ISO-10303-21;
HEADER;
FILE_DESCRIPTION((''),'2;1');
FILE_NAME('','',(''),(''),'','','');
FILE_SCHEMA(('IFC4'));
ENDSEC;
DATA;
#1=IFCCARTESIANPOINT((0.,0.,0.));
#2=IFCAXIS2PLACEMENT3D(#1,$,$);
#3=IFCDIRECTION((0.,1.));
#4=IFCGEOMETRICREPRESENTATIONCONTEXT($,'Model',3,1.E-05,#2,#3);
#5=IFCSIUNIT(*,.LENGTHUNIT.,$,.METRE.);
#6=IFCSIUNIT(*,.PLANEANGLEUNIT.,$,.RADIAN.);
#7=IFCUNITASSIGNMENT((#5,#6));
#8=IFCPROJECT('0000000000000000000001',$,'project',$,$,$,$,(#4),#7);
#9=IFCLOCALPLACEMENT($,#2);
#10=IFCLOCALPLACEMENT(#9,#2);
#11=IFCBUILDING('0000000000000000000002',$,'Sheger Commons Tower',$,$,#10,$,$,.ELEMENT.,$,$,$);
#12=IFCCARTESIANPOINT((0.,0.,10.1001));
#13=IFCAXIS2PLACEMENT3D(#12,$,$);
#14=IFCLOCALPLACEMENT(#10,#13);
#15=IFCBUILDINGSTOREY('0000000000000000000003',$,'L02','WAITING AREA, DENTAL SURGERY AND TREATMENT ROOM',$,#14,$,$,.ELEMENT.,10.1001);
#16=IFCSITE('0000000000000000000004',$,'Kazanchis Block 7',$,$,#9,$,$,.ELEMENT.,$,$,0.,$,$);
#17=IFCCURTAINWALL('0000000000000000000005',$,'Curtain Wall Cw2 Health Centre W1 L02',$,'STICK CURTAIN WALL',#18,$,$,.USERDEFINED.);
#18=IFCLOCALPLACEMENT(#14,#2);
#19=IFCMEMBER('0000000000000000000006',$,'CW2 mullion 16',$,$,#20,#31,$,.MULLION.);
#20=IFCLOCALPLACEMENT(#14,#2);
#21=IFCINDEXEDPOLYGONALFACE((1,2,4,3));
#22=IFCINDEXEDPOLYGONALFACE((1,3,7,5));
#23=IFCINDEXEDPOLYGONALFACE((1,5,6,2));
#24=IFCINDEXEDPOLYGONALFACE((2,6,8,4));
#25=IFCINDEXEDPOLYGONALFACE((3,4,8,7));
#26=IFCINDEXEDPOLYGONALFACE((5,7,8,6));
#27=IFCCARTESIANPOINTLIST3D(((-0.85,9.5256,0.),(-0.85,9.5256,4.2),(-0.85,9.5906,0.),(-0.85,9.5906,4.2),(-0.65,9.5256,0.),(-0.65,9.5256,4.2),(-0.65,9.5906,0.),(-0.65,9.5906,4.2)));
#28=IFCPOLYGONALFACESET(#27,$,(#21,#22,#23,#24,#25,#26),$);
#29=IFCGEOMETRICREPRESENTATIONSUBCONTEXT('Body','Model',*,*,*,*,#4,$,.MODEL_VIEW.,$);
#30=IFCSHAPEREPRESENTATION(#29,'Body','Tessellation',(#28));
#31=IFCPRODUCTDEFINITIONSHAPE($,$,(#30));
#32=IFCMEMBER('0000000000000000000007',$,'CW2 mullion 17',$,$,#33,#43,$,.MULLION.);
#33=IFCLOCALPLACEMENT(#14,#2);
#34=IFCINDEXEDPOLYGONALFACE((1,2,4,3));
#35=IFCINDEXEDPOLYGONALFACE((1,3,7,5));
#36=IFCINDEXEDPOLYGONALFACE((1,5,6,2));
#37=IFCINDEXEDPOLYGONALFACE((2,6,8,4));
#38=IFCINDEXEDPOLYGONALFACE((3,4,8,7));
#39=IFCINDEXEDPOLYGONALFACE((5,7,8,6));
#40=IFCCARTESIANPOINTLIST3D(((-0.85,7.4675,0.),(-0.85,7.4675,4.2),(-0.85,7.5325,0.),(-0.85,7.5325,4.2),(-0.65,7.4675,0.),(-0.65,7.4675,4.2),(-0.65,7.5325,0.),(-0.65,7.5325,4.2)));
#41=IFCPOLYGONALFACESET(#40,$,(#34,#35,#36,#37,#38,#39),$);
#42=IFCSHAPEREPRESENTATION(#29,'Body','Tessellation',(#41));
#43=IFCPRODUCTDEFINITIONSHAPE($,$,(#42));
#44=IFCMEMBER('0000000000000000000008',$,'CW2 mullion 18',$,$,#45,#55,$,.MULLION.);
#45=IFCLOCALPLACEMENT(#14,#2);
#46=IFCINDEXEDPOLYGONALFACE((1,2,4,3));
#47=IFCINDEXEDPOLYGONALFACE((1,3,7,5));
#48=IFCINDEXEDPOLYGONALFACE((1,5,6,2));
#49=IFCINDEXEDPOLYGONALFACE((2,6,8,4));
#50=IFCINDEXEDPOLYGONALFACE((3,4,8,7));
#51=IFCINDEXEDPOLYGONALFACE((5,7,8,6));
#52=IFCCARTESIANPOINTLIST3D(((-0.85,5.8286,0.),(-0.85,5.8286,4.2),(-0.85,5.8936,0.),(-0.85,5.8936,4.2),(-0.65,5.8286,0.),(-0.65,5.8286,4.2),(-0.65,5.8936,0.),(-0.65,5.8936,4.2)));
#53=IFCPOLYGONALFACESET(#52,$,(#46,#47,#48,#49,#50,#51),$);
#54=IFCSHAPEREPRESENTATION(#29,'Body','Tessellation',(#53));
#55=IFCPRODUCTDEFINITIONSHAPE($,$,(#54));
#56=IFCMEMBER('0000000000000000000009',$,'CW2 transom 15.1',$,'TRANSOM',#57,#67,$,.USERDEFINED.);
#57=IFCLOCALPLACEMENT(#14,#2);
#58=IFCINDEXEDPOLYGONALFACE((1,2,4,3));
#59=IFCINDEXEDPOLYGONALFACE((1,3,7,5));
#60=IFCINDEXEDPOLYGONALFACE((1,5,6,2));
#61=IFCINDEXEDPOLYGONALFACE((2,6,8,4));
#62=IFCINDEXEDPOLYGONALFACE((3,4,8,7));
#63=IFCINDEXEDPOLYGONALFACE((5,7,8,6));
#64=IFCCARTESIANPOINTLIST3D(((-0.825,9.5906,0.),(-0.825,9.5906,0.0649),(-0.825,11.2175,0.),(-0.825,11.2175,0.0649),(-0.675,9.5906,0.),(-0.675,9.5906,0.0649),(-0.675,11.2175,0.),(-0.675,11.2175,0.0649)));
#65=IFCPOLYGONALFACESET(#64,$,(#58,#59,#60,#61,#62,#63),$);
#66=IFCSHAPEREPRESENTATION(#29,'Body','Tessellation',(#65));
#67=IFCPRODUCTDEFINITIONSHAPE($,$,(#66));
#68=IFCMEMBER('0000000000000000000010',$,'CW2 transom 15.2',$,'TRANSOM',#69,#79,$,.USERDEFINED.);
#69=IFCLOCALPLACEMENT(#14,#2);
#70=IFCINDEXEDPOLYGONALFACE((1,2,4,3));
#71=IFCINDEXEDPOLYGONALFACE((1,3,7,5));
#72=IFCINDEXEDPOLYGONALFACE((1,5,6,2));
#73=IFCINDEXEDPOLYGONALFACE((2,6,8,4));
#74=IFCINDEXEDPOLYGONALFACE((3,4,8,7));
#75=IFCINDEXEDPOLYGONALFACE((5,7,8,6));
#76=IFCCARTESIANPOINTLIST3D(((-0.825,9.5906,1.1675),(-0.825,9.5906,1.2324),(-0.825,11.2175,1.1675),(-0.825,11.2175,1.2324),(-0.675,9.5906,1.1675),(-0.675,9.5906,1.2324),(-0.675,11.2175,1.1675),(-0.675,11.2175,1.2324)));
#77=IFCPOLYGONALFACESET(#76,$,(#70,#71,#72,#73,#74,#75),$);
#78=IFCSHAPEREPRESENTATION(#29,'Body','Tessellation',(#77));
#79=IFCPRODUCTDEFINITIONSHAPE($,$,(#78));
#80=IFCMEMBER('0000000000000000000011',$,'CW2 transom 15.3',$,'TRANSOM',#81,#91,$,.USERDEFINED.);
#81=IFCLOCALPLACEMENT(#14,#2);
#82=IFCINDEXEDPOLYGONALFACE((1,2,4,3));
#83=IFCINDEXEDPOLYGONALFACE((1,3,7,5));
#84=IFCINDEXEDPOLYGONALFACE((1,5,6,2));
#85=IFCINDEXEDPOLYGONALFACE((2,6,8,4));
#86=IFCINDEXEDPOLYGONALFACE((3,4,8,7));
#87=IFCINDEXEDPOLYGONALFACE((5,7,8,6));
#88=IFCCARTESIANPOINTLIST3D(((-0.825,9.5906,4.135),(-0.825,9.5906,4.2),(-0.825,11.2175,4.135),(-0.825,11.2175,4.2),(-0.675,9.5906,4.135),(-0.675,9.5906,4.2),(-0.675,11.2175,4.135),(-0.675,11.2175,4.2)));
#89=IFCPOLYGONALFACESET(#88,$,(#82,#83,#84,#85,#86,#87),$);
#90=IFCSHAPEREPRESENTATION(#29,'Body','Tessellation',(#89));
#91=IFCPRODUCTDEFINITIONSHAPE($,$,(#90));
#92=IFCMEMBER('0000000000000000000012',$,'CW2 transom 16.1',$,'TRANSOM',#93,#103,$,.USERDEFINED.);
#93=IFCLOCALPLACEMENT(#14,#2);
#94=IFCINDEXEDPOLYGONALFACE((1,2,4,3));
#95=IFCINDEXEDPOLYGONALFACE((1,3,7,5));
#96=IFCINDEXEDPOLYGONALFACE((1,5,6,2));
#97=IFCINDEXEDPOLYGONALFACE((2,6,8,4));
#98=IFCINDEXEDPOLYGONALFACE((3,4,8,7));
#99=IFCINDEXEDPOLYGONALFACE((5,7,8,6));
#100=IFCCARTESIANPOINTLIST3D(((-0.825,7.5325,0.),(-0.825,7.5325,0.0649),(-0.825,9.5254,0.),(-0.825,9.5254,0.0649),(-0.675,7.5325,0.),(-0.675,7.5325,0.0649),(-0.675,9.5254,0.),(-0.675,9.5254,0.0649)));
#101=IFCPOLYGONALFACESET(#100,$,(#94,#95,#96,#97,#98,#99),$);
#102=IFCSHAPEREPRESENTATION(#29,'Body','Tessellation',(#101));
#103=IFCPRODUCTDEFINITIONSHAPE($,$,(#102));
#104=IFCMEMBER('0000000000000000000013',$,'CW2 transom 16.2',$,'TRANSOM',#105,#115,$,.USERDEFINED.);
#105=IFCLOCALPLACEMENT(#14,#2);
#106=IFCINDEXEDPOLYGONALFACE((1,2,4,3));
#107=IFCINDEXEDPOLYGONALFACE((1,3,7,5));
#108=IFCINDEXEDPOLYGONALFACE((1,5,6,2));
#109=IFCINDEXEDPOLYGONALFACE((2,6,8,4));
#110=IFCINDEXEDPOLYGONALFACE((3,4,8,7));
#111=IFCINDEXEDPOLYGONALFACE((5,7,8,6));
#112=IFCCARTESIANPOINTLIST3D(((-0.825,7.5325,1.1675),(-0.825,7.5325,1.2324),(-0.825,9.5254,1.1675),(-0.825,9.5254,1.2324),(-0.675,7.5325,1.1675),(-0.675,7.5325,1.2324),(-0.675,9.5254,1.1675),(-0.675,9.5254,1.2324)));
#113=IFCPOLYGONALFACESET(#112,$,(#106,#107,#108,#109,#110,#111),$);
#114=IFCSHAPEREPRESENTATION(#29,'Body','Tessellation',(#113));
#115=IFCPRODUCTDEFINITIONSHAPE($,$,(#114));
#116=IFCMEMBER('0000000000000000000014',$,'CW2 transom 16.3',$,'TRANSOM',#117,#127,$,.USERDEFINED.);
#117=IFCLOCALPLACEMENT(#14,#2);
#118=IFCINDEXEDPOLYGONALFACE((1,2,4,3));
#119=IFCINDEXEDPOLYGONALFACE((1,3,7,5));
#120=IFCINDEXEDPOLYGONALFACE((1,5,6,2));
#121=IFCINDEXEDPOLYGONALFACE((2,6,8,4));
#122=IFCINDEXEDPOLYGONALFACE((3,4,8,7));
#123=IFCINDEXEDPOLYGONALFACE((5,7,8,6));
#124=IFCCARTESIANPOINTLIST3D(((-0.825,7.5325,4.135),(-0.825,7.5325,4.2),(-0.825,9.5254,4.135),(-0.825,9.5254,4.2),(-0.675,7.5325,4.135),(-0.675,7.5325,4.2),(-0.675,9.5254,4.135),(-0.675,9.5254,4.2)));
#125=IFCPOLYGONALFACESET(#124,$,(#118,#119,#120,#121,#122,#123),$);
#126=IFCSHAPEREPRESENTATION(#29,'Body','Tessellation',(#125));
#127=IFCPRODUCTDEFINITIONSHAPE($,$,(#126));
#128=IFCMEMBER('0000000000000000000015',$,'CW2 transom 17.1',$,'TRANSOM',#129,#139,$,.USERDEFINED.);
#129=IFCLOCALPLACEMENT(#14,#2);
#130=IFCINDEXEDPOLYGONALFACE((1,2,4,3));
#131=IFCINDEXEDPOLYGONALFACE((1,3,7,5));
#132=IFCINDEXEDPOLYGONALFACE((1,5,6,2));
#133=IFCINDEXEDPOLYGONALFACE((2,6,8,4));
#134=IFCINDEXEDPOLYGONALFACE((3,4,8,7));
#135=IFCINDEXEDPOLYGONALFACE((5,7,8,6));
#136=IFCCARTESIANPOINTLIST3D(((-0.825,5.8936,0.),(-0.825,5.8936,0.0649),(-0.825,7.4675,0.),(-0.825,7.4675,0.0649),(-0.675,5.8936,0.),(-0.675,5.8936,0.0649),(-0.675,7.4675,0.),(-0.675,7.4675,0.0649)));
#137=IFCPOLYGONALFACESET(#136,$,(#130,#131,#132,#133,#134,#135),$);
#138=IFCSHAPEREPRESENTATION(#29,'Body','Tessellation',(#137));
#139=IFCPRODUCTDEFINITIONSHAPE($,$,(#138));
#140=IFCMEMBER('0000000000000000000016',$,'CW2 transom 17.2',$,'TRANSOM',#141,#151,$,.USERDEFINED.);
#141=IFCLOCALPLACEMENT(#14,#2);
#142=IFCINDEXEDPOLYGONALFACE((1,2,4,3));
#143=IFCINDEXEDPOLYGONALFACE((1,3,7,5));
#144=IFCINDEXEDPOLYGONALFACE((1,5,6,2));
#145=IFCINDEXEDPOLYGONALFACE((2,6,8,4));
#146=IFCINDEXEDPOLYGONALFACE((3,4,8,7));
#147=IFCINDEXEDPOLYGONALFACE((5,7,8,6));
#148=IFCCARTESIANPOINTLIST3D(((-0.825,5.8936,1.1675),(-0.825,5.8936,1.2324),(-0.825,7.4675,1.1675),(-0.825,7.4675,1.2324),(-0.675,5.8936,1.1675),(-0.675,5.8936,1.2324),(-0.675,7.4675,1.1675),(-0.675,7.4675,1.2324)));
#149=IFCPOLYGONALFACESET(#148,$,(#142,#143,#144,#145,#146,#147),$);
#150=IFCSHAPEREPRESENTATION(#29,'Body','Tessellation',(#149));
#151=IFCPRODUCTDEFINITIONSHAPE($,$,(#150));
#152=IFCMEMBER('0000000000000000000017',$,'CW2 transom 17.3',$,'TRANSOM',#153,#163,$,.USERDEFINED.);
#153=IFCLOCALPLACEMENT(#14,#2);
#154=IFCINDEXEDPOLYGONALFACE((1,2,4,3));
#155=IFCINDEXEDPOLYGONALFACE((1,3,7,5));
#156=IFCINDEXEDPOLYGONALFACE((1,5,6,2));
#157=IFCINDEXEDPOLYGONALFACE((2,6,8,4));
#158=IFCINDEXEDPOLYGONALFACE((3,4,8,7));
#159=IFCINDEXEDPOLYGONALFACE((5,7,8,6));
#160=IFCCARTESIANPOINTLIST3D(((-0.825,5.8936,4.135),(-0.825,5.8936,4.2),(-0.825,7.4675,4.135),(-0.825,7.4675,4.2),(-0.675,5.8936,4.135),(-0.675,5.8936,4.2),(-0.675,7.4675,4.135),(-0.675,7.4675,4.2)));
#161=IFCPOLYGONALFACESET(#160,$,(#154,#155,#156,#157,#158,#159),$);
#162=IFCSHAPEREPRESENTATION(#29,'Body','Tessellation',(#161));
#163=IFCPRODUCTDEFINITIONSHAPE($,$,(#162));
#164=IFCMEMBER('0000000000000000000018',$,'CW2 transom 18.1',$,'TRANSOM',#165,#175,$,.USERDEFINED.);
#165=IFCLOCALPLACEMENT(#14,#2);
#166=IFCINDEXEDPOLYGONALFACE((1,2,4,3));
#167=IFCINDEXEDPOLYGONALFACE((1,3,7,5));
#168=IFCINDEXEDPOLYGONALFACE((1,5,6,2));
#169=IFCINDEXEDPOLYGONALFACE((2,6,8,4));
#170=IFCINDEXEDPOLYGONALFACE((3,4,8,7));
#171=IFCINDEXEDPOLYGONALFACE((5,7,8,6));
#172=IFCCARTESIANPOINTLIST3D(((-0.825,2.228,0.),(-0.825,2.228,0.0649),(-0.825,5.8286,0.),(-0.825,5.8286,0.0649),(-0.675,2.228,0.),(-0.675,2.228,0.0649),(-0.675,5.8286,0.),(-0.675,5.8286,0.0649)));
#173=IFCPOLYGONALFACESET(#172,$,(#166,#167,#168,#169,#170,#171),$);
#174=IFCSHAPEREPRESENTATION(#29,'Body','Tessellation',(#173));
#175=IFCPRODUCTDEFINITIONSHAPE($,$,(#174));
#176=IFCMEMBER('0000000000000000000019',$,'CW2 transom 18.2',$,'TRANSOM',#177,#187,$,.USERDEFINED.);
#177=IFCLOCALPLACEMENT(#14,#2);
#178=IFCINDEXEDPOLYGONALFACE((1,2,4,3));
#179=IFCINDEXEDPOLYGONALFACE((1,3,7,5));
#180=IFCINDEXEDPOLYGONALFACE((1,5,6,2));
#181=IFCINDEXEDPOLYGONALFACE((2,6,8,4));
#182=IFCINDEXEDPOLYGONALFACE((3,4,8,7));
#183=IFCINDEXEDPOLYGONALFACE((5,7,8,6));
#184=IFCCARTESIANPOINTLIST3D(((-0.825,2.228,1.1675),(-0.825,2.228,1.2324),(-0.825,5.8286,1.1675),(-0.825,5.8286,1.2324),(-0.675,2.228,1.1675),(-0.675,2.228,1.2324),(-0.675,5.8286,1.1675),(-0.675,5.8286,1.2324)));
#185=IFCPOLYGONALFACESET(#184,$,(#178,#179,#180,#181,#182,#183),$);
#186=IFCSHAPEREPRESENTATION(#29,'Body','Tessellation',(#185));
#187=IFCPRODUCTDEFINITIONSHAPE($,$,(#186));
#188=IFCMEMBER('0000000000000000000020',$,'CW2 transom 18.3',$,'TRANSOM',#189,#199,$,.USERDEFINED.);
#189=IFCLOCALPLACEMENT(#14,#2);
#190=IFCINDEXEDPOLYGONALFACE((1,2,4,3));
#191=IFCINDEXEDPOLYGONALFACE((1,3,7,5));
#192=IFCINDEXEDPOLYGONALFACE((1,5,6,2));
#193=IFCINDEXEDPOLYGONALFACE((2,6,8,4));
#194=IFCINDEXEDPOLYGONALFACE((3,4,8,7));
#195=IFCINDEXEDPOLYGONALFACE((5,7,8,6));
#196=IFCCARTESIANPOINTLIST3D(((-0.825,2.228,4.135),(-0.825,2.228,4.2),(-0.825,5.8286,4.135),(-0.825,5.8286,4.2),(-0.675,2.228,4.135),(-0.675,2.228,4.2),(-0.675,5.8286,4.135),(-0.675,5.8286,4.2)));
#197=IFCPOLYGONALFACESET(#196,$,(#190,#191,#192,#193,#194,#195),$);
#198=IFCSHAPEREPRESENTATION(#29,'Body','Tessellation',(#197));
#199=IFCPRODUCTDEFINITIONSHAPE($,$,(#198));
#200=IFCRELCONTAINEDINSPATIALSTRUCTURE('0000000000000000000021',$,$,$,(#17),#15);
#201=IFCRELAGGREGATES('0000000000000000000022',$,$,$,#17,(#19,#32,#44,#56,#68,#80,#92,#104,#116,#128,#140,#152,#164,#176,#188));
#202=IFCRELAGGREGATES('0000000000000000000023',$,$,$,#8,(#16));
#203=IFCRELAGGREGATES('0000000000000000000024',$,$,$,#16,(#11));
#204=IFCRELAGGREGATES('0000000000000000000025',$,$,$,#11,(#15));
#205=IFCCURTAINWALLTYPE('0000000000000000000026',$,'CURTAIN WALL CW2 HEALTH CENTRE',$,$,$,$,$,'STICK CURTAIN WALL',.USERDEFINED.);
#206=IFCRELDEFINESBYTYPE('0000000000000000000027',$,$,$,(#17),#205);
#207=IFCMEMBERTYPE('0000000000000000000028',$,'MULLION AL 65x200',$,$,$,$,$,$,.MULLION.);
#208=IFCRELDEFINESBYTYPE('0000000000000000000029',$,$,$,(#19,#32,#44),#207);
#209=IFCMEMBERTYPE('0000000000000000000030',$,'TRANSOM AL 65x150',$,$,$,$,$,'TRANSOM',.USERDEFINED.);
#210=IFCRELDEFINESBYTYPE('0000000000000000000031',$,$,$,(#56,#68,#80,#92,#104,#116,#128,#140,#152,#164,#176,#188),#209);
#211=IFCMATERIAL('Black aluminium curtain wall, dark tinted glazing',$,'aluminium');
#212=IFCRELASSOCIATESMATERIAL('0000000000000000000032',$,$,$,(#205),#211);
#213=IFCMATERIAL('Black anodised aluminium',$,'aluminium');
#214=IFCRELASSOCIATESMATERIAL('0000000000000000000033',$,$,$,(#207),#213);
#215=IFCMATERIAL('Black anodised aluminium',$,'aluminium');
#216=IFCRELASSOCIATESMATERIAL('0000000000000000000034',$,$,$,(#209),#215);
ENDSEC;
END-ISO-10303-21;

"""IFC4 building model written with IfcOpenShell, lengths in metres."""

from ifc_helpers import new_model, si_unit, direction, frame, origin, origin_2d, place, context, subcontext, project, spatial, rectangle, extrude, material, material_profile, profile_set, type_object, element, aggregate, save


model = new_model("IFC4")

# Units and contexts
model_context = context("Model", 3, precision=1e-05, world=origin(), true_north=direction((0.0, 1.0)))
body_context = subcontext(model_context, "Body", "Model", "MODEL_VIEW")
ifc_project = project(units=[si_unit("LENGTHUNIT", "METRE"), si_unit("PLANEANGLEUNIT", "RADIAN")], contexts=[model_context])

# Site, building, storey
site_placement = place(None, origin())
site = spatial("IfcSite", under=ifc_project, at=site_placement, Name="Kazanchis Block 7", CompositionType="ELEMENT", RefElevation=0.0)
building_placement = place(site_placement, origin())
building = spatial("IfcBuilding", under=site, at=building_placement, Name="Sheger Commons Tower", CompositionType="ELEMENT")
storey_placement = place(building_placement, frame((0.0, 0.0, 10.1001)))
storey = spatial("IfcBuildingStorey", under=building, at=storey_placement, Name="L02", Description="WAITING AREA, DENTAL SURGERY AND TREATMENT ROOM", CompositionType="ELEMENT", Elevation=10.1001)

# Curtain wall, members
ifc_material_1 = material(Name="Black aluminium curtain wall, dark tinted glazing", Category="aluminium")
curtain_wall_type = type_object("IfcCurtainWallType", Name="CURTAIN WALL CW2 HEALTH CENTRE", ElementType="STICK CURTAIN WALL", PredefinedType="USERDEFINED", material=ifc_material_1)
curtain_wall_placement = place(storey_placement, origin())
curtain_wall = element("IfcCurtainWall", 1, at=curtain_wall_placement, inside=storey, type_object=curtain_wall_type, Name="Curtain Wall Cw2 Health Centre W1 L02", ObjectType="STICK CURTAIN WALL", PredefinedType="USERDEFINED")
ifc_material_2 = material(Name="Black anodised aluminium", Category="aluminium")
ifc_material_profile_1 = material_profile(ifc_material_2, rectangle(XDim=0.2, YDim=0.0649, at=origin_2d()), Name="AL 65x200")
ifc_profile_set_1 = profile_set([ifc_material_profile_1], Name="Black anodised aluminium")
member_type_1 = type_object("IfcMemberType", Name="MULLION AL 65x200", PredefinedType="MULLION", material=ifc_profile_set_1)
member_1_placement = place(storey_placement, frame((-0.75, 9.5581, 0.0), z_axis=(0.0, 0.0, 1.0), x_axis=(1.0, 0.0, 0.0)))
member_1 = element("IfcMember", 2, at=member_1_placement, type_object=member_type_1, Name="CW2 mullion 16", PredefinedType="MULLION", context=body_context, shape_type="SweptSolid", body=[
    extrude(rectangle(XDim=0.2, YDim=0.0649, at=origin_2d()), origin(), (0.0, 0.0, 1.0), 4.2),
])
member_2_placement = place(storey_placement, frame((-0.75, 7.5, 0.0), z_axis=(0.0, 0.0, 1.0), x_axis=(1.0, 0.0, 0.0)))
member_2 = element("IfcMember", 3, at=member_2_placement, type_object=member_type_1, Name="CW2 mullion 17", PredefinedType="MULLION", context=body_context, shape_type="SweptSolid", body=[
    extrude(rectangle(XDim=0.2, YDim=0.0649, at=origin_2d()), origin(), (0.0, 0.0, 1.0), 4.2),
])
member_3_placement = place(storey_placement, frame((-0.75, 5.8611, 0.0), z_axis=(0.0, 0.0, 1.0), x_axis=(1.0, 0.0, 0.0)))
member_3 = element("IfcMember", 4, at=member_3_placement, type_object=member_type_1, Name="CW2 mullion 18", PredefinedType="MULLION", context=body_context, shape_type="SweptSolid", body=[
    extrude(rectangle(XDim=0.2, YDim=0.0649, at=origin_2d()), origin(), (0.0, 0.0, 1.0), 4.2),
])
ifc_material_3 = material(Name="Black anodised aluminium", Category="aluminium")
ifc_material_profile_2 = material_profile(ifc_material_3, rectangle(XDim=0.1499, YDim=0.0649, at=origin_2d()), Name="AL 65x150")
ifc_profile_set_2 = profile_set([ifc_material_profile_2], Name="Black anodised aluminium")
member_type_2 = type_object("IfcMemberType", Name="TRANSOM AL 65x150", ElementType="TRANSOM", PredefinedType="USERDEFINED", material=ifc_profile_set_2)
member_4_placement = place(storey_placement, frame((-0.75, 11.2175, 0.0325), z_axis=(0.0, -1.0, 0.0), x_axis=(1.0, 0.0, 0.0)))
member_4 = element("IfcMember", 5, at=member_4_placement, type_object=member_type_2, Name="CW2 transom 15.1", ObjectType="TRANSOM", PredefinedType="USERDEFINED", context=body_context, shape_type="SweptSolid", body=[
    extrude(rectangle(XDim=0.1499, YDim=0.0649, at=origin_2d()), origin(), (0.0, 0.0, 1.0), 1.627),
])
member_5_placement = place(storey_placement, frame((-0.75, 11.2175, 1.2), z_axis=(0.0, -1.0, 0.0), x_axis=(1.0, 0.0, 0.0)))
member_5 = element("IfcMember", 6, at=member_5_placement, type_object=member_type_2, Name="CW2 transom 15.2", ObjectType="TRANSOM", PredefinedType="USERDEFINED", context=body_context, shape_type="SweptSolid", body=[
    extrude(rectangle(XDim=0.1499, YDim=0.0649, at=origin_2d()), origin(), (0.0, 0.0, 1.0), 1.627),
])
member_6_placement = place(storey_placement, frame((-0.75, 11.2175, 4.1675), z_axis=(0.0, -1.0, 0.0), x_axis=(1.0, 0.0, 0.0)))
member_6 = element("IfcMember", 7, at=member_6_placement, type_object=member_type_2, Name="CW2 transom 15.3", ObjectType="TRANSOM", PredefinedType="USERDEFINED", context=body_context, shape_type="SweptSolid", body=[
    extrude(rectangle(XDim=0.1499, YDim=0.0649, at=origin_2d()), origin(), (0.0, 0.0, 1.0), 1.627),
])
member_7_placement = place(storey_placement, frame((-0.75, 9.5254, 0.0325), z_axis=(0.0, -1.0, 0.0), x_axis=(1.0, 0.0, 0.0)))
member_7 = element("IfcMember", 8, at=member_7_placement, type_object=member_type_2, Name="CW2 transom 16.1", ObjectType="TRANSOM", PredefinedType="USERDEFINED", context=body_context, shape_type="SweptSolid", body=[
    extrude(rectangle(XDim=0.1499, YDim=0.0649, at=origin_2d()), origin(), (0.0, 0.0, 1.0), 1.9929),
])
member_8_placement = place(storey_placement, frame((-0.75, 9.5254, 1.2), z_axis=(0.0, -1.0, 0.0), x_axis=(1.0, 0.0, 0.0)))
member_8 = element("IfcMember", 9, at=member_8_placement, type_object=member_type_2, Name="CW2 transom 16.2", ObjectType="TRANSOM", PredefinedType="USERDEFINED", context=body_context, shape_type="SweptSolid", body=[
    extrude(rectangle(XDim=0.1499, YDim=0.0649, at=origin_2d()), origin(), (0.0, 0.0, 1.0), 1.9929),
])
member_9_placement = place(storey_placement, frame((-0.75, 9.5254, 4.1675), z_axis=(0.0, -1.0, 0.0), x_axis=(1.0, 0.0, 0.0)))
member_9 = element("IfcMember", 10, at=member_9_placement, type_object=member_type_2, Name="CW2 transom 16.3", ObjectType="TRANSOM", PredefinedType="USERDEFINED", context=body_context, shape_type="SweptSolid", body=[
    extrude(rectangle(XDim=0.1499, YDim=0.0649, at=origin_2d()), origin(), (0.0, 0.0, 1.0), 1.9929),
])
member_10_placement = place(storey_placement, frame((-0.75, 7.4675, 0.0325), z_axis=(0.0, -1.0, 0.0), x_axis=(1.0, 0.0, 0.0)))
member_10 = element("IfcMember", 11, at=member_10_placement, type_object=member_type_2, Name="CW2 transom 17.1", ObjectType="TRANSOM", PredefinedType="USERDEFINED", context=body_context, shape_type="SweptSolid", body=[
    extrude(rectangle(XDim=0.1499, YDim=0.0649, at=origin_2d()), origin(), (0.0, 0.0, 1.0), 1.574),
])
member_11_placement = place(storey_placement, frame((-0.75, 7.4675, 1.2), z_axis=(0.0, -1.0, 0.0), x_axis=(1.0, 0.0, 0.0)))
member_11 = element("IfcMember", 12, at=member_11_placement, type_object=member_type_2, Name="CW2 transom 17.2", ObjectType="TRANSOM", PredefinedType="USERDEFINED", context=body_context, shape_type="SweptSolid", body=[
    extrude(rectangle(XDim=0.1499, YDim=0.0649, at=origin_2d()), origin(), (0.0, 0.0, 1.0), 1.574),
])
member_12_placement = place(storey_placement, frame((-0.75, 7.4675, 4.1675), z_axis=(0.0, -1.0, 0.0), x_axis=(1.0, 0.0, 0.0)))
member_12 = element("IfcMember", 13, at=member_12_placement, type_object=member_type_2, Name="CW2 transom 17.3", ObjectType="TRANSOM", PredefinedType="USERDEFINED", context=body_context, shape_type="SweptSolid", body=[
    extrude(rectangle(XDim=0.1499, YDim=0.0649, at=origin_2d()), origin(), (0.0, 0.0, 1.0), 1.574),
])
member_13_placement = place(storey_placement, frame((-0.75, 5.8286, 0.0325), z_axis=(0.0, -1.0, 0.0), x_axis=(1.0, 0.0, 0.0)))
member_13 = element("IfcMember", 14, at=member_13_placement, type_object=member_type_2, Name="CW2 transom 18.1", ObjectType="TRANSOM", PredefinedType="USERDEFINED", context=body_context, shape_type="SweptSolid", body=[
    extrude(rectangle(XDim=0.1499, YDim=0.0649, at=origin_2d()), origin(), (0.0, 0.0, 1.0), 3.6006),
])
member_14_placement = place(storey_placement, frame((-0.75, 5.8286, 1.2), z_axis=(0.0, -1.0, 0.0), x_axis=(1.0, 0.0, 0.0)))
member_14 = element("IfcMember", 15, at=member_14_placement, type_object=member_type_2, Name="CW2 transom 18.2", ObjectType="TRANSOM", PredefinedType="USERDEFINED", context=body_context, shape_type="SweptSolid", body=[
    extrude(rectangle(XDim=0.1499, YDim=0.0649, at=origin_2d()), origin(), (0.0, 0.0, 1.0), 3.6006),
])
member_15_placement = place(storey_placement, frame((-0.75, 5.8286, 4.1675), z_axis=(0.0, -1.0, 0.0), x_axis=(1.0, 0.0, 0.0)))
member_15 = element("IfcMember", 16, at=member_15_placement, type_object=member_type_2, Name="CW2 transom 18.3", ObjectType="TRANSOM", PredefinedType="USERDEFINED", context=body_context, shape_type="SweptSolid", body=[
    extrude(rectangle(XDim=0.1499, YDim=0.0649, at=origin_2d()), origin(), (0.0, 0.0, 1.0), 3.6006),
])
aggregate(curtain_wall, [member_1, member_2, member_3, member_4, member_5, member_6, member_7, member_8, member_9, member_10, member_11, member_12, member_13, member_14, member_15])

save(model, "model.ifc")
